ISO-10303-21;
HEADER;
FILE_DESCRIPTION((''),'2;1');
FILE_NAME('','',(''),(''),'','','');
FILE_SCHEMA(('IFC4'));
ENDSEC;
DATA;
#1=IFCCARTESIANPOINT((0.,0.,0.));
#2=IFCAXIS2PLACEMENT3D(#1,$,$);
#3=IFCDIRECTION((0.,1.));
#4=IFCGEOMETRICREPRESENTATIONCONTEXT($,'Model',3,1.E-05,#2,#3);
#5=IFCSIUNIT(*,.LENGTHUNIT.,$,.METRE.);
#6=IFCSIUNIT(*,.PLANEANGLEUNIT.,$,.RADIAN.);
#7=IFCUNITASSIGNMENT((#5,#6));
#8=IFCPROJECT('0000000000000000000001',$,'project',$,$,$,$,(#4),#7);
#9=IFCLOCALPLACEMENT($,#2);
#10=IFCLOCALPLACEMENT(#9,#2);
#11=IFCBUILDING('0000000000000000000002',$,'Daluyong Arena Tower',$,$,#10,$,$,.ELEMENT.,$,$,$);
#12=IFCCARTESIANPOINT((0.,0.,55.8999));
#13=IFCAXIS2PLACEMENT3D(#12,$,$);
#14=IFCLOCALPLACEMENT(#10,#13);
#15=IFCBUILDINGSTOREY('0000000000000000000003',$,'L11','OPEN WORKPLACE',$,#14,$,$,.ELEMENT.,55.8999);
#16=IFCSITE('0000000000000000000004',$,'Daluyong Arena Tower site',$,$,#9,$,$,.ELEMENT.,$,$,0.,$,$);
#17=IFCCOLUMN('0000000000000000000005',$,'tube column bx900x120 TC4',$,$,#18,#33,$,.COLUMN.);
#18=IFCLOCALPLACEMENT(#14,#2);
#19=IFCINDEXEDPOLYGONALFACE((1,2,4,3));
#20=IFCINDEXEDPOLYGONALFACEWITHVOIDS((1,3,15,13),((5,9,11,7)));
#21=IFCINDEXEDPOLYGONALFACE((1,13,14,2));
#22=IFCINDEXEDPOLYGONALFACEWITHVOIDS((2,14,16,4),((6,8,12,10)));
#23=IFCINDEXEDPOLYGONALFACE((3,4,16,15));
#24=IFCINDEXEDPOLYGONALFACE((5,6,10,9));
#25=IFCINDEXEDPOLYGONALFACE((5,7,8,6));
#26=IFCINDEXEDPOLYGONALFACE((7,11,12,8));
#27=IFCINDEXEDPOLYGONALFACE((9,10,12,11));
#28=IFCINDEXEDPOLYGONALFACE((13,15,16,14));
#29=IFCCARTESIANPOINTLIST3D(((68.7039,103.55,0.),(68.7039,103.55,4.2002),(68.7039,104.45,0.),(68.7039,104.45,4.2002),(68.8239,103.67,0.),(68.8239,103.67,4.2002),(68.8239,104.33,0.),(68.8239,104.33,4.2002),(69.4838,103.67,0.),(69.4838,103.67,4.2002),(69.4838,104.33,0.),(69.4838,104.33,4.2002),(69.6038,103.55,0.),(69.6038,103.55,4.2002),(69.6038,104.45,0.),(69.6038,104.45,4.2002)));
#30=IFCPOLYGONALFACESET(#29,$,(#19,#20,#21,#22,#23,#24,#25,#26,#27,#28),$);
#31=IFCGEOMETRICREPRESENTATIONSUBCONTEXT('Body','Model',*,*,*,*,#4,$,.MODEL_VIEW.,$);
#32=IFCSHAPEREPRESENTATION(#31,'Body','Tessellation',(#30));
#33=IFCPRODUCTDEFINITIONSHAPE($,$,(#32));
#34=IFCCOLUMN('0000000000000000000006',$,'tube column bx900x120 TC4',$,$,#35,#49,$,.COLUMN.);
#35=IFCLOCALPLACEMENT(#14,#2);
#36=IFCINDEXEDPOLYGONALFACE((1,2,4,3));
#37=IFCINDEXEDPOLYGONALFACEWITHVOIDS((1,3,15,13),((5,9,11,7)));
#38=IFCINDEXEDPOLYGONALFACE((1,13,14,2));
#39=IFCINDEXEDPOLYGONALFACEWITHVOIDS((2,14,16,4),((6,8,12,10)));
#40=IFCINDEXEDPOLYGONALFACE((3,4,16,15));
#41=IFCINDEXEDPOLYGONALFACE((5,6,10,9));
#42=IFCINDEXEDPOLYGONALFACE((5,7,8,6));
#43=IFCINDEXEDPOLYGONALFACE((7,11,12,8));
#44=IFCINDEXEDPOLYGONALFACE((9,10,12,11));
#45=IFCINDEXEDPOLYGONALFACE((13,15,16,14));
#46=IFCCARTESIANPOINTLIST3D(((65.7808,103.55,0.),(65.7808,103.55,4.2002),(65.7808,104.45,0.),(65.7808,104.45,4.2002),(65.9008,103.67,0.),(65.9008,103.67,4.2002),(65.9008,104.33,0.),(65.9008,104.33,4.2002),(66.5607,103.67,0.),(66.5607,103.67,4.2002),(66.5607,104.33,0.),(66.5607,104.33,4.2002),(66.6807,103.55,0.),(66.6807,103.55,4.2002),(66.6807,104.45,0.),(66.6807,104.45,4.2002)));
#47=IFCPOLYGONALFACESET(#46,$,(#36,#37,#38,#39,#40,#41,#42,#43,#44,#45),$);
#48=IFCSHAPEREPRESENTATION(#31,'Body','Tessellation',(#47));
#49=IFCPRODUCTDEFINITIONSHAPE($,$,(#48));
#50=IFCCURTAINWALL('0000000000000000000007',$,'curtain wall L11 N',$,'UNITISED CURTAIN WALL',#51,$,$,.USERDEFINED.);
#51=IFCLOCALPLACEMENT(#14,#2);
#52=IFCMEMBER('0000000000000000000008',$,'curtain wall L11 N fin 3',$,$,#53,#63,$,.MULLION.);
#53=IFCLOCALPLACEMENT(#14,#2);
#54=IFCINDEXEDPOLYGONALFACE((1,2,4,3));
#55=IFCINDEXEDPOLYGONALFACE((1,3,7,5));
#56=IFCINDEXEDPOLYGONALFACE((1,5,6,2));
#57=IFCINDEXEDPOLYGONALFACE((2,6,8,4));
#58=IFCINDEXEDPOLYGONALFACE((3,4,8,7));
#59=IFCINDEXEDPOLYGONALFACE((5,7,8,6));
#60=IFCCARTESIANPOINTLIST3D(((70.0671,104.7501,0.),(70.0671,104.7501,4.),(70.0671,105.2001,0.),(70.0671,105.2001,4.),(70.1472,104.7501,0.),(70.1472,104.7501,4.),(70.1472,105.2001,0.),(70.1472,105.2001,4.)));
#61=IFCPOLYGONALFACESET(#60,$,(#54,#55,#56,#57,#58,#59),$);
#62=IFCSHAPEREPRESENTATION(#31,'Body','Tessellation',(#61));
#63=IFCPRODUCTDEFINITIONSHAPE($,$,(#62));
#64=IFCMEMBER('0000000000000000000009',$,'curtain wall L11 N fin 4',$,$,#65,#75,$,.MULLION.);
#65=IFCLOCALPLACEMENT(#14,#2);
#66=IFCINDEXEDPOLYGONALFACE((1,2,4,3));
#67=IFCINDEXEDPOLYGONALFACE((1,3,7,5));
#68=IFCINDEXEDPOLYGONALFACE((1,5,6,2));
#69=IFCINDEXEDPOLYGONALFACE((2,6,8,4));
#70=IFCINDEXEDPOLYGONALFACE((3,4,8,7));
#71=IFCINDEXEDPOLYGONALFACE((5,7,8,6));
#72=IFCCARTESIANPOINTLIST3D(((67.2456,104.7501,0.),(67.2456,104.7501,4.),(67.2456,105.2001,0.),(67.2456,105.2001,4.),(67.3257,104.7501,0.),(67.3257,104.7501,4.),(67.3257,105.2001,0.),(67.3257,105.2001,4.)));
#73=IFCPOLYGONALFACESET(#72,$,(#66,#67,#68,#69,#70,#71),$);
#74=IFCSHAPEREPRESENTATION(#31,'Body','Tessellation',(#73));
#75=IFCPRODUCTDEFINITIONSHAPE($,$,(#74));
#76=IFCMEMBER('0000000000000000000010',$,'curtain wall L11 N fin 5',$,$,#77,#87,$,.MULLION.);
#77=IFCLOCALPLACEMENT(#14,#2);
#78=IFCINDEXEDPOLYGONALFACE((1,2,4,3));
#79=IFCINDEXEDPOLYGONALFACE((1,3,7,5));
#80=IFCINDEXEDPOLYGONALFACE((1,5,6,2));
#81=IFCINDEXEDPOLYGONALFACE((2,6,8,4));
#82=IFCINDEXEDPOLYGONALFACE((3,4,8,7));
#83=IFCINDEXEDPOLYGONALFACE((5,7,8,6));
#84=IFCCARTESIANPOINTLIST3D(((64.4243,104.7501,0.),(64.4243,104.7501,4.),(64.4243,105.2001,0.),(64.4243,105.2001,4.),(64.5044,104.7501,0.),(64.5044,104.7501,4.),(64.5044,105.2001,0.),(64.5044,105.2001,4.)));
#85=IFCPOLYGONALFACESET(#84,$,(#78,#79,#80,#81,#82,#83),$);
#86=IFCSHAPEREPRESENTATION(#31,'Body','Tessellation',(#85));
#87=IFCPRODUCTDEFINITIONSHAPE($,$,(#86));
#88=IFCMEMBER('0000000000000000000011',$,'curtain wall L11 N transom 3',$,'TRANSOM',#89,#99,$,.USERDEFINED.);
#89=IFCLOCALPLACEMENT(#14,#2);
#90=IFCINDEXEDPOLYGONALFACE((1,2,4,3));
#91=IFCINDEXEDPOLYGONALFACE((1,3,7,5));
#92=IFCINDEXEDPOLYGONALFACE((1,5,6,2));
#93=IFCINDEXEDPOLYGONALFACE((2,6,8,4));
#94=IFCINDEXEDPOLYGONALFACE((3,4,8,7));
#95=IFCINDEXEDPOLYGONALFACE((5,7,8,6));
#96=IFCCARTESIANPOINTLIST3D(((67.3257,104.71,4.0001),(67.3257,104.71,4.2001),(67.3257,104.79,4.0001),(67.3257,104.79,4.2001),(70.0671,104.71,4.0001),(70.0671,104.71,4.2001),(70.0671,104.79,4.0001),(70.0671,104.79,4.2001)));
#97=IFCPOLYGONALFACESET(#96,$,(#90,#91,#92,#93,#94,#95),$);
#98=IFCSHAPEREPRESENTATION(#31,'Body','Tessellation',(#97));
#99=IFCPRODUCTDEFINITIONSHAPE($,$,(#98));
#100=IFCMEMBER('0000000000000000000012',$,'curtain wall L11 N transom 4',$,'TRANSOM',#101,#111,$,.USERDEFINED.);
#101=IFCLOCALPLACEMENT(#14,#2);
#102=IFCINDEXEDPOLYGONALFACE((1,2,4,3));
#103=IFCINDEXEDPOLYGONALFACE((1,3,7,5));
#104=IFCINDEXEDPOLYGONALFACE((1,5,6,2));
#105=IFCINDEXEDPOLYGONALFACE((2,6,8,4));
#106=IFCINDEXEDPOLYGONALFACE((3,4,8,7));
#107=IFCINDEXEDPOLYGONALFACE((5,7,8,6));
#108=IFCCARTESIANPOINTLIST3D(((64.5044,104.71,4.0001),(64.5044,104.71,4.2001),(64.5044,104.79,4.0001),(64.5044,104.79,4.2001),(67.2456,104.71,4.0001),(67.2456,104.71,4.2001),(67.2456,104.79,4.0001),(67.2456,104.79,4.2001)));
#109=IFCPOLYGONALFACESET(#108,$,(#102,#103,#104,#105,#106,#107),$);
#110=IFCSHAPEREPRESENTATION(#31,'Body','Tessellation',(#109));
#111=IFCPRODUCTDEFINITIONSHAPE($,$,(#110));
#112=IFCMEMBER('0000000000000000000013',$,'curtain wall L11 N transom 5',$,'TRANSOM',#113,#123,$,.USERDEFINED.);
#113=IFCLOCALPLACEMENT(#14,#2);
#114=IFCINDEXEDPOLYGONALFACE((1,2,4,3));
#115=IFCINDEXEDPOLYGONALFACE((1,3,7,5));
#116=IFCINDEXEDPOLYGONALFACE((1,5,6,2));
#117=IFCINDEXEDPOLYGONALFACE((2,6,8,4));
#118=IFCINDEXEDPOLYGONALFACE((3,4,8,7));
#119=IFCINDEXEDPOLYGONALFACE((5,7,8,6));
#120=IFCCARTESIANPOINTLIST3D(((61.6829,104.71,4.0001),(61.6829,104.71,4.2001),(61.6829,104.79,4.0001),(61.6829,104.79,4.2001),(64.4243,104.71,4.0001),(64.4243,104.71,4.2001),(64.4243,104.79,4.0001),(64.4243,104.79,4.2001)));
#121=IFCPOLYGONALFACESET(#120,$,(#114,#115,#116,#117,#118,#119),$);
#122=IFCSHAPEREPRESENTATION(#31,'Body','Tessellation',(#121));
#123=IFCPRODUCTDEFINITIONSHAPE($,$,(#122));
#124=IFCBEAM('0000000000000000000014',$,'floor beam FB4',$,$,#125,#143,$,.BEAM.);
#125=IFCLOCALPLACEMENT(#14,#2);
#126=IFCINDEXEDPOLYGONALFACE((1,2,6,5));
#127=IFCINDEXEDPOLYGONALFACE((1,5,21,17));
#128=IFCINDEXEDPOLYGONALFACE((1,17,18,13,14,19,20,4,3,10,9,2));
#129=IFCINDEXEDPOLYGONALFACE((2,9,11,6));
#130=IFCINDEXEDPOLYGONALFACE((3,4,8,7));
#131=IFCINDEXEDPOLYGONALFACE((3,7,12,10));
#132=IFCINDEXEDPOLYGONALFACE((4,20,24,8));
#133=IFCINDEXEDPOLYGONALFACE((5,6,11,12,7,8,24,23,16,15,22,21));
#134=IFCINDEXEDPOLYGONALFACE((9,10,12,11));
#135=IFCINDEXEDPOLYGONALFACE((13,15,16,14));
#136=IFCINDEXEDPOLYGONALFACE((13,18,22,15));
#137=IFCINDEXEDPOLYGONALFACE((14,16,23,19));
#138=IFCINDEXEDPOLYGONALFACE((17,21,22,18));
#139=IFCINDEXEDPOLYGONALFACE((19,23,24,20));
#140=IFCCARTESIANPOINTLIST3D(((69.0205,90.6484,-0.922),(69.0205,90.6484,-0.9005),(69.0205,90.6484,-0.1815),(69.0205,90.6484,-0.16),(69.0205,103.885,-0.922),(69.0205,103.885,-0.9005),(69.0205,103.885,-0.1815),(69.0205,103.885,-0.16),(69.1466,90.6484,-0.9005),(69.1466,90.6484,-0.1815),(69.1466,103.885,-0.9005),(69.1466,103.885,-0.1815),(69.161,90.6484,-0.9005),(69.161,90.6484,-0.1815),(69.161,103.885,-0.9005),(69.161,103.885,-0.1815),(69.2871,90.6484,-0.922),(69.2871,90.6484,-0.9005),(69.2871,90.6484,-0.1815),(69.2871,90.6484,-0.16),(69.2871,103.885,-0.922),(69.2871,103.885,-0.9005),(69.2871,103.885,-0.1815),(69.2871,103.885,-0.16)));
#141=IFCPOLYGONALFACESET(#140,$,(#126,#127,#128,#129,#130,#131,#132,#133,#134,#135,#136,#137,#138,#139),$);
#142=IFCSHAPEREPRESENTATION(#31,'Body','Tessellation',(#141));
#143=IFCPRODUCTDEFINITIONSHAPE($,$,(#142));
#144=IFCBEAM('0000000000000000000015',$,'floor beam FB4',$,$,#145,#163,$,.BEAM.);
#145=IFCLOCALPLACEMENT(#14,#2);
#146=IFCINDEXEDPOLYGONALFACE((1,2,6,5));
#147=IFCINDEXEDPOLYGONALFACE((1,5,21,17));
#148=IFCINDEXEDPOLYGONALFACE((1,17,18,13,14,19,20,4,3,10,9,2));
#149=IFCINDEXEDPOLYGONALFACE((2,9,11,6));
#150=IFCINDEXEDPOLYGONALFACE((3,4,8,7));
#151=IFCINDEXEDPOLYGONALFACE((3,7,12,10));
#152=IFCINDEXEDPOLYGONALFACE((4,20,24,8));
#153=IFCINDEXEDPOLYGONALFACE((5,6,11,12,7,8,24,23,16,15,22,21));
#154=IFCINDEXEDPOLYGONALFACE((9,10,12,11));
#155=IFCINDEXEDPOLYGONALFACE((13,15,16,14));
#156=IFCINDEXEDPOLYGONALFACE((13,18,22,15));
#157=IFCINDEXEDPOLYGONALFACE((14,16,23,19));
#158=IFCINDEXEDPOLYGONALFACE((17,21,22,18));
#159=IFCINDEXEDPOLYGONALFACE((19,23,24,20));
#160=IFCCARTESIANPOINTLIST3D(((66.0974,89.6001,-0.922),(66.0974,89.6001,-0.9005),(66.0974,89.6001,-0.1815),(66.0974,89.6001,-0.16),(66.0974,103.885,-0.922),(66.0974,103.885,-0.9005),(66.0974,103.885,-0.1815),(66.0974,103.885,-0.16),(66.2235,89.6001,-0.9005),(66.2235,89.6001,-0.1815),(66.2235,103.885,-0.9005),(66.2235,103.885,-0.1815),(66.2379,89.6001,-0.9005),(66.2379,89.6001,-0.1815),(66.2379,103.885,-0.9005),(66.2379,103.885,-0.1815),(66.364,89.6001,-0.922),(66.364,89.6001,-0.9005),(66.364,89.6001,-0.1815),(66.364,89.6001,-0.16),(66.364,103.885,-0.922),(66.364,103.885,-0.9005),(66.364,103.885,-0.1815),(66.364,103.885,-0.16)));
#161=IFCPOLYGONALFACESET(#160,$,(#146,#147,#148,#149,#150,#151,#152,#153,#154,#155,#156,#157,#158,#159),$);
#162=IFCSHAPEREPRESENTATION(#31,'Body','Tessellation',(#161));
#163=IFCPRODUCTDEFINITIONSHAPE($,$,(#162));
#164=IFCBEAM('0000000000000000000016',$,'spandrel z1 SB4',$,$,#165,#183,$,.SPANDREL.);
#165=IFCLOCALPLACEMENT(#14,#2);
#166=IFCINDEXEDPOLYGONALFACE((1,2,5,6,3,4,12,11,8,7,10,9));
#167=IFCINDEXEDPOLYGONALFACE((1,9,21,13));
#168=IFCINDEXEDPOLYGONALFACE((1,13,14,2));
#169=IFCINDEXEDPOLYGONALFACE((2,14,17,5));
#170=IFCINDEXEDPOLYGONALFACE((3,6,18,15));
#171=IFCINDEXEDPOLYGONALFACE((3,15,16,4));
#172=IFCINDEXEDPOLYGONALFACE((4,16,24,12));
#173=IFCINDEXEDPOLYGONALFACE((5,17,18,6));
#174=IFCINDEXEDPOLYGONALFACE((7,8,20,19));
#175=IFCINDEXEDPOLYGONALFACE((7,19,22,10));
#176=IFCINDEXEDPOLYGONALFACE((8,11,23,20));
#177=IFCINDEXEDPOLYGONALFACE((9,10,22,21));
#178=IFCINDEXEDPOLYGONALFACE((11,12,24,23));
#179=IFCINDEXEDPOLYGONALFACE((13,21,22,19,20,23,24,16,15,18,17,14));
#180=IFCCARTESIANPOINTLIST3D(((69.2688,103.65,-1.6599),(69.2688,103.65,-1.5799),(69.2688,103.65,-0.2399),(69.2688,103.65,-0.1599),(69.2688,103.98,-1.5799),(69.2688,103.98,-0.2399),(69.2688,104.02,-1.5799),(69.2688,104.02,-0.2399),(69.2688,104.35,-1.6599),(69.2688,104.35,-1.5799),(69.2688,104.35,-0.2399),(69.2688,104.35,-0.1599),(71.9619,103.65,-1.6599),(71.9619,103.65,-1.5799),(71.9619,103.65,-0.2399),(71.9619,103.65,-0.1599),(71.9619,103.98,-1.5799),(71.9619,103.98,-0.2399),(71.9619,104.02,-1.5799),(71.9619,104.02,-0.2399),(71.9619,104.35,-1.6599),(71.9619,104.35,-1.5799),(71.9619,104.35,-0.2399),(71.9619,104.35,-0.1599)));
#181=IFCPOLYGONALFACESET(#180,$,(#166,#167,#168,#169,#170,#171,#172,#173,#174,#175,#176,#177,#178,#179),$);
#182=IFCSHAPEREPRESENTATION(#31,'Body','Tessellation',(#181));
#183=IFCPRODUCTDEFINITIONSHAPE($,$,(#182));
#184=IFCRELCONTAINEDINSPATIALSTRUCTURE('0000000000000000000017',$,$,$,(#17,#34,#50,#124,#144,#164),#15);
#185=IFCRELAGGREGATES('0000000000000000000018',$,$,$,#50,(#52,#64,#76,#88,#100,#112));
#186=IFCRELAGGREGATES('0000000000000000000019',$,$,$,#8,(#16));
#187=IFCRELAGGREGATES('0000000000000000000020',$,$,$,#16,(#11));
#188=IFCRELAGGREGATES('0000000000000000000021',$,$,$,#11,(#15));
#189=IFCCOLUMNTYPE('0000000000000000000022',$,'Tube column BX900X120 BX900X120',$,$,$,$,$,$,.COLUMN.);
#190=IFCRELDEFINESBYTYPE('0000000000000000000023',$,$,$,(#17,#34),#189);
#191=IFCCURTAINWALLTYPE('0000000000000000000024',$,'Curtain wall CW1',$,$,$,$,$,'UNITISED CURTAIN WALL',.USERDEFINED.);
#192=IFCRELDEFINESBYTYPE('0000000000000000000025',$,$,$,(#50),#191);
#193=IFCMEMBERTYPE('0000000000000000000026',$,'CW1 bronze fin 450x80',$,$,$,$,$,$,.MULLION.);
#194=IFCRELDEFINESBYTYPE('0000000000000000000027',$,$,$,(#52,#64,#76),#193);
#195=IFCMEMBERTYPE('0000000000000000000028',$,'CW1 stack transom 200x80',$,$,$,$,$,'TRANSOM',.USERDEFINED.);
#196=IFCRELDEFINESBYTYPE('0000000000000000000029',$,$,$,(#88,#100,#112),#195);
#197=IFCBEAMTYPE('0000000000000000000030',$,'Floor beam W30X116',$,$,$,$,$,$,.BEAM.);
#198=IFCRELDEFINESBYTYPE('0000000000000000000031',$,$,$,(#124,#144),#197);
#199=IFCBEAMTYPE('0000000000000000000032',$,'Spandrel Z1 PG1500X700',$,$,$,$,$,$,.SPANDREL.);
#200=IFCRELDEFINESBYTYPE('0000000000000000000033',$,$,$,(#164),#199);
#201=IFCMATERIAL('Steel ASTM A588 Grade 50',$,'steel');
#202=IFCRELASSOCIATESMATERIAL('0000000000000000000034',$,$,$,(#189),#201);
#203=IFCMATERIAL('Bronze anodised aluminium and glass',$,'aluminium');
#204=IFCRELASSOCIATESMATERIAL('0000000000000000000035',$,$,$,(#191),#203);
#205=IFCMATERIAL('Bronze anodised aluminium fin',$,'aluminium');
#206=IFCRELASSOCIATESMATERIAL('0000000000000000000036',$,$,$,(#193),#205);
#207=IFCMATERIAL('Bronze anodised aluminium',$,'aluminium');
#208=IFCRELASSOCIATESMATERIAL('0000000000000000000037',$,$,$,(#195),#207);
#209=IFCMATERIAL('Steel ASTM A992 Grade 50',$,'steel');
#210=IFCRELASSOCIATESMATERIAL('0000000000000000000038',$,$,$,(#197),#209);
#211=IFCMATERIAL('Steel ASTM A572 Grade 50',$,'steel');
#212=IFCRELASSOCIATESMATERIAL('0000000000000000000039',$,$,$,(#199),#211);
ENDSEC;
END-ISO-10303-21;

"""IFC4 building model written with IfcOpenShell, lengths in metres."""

from ifc_helpers import new_model, si_unit, direction, frame, origin, origin_2d, place, context, subcontext, project, spatial, rectangle, hollow_rectangle, i_section, extrude, material, material_profile, profile_set, type_object, element, aggregate, save


model = new_model("IFC4")

# Units and contexts
model_context = context("Model", 3, precision=1e-05, world=origin(), true_north=direction((0.0, 1.0)))
body_context = subcontext(model_context, "Body", "Model", "MODEL_VIEW")
ifc_project = project(units=[si_unit("LENGTHUNIT", "METRE"), si_unit("PLANEANGLEUNIT", "RADIAN")], contexts=[model_context])

# Site, building, storey
site_placement = place(None, origin())
site = spatial("IfcSite", under=ifc_project, at=site_placement, Name="Daluyong Arena Tower site", CompositionType="ELEMENT", RefElevation=0.0)
building_placement = place(site_placement, origin())
building = spatial("IfcBuilding", under=site, at=building_placement, Name="Daluyong Arena Tower", CompositionType="ELEMENT")
storey_placement = place(building_placement, frame((0.0, 0.0, 55.8999)))
storey = spatial("IfcBuildingStorey", under=building, at=storey_placement, Name="L11", Description="OPEN WORKPLACE", CompositionType="ELEMENT", Elevation=55.8999)

# Columns
ifc_material_1 = material(Name="Steel ASTM A588 Grade 50", Category="steel")
ifc_material_profile_1 = material_profile(ifc_material_1, hollow_rectangle(XDim=0.8999, YDim=0.8999, WallThickness=0.12, at=origin_2d()))
ifc_profile_set_1 = profile_set([ifc_material_profile_1], Name="Steel ASTM A588 Grade 50")
column_type = type_object("IfcColumnType", Name="Tube column BX900X120 BX900X120", PredefinedType="COLUMN", material=ifc_profile_set_1)
for number, where, z_axis, x_axis, name in (
    (1, (69.1538, 104.0, 0.0), (0.0, 0.0, 1.0), (1.0, 0.0, 0.0), "tube column bx900x120 TC4"),
    (2, (66.2307, 104.0, 0.0), (0.0, 0.0, 1.0), (1.0, 0.0, 0.0), "tube column bx900x120 TC4"),
):
    element("IfcColumn", number, at=place(storey_placement, frame(where, z_axis=z_axis, x_axis=x_axis)), inside=storey, type_object=column_type, Name=name, PredefinedType="COLUMN", context=body_context, shape_type="SweptSolid", body=[
        extrude(hollow_rectangle(XDim=0.8999, YDim=0.8999, WallThickness=0.12, at=origin_2d()), origin(), (0.0, 0.0, 1.0), 4.2002),
    ])

# Curtain wall, members
ifc_material_2 = material(Name="Bronze anodised aluminium and glass", Category="aluminium")
curtain_wall_type = type_object("IfcCurtainWallType", Name="Curtain wall CW1", ElementType="UNITISED CURTAIN WALL", PredefinedType="USERDEFINED", material=ifc_material_2)
curtain_wall_placement = place(storey_placement, origin())
curtain_wall = element("IfcCurtainWall", 3, at=curtain_wall_placement, inside=storey, type_object=curtain_wall_type, Name="curtain wall L11 N", ObjectType="UNITISED CURTAIN WALL", PredefinedType="USERDEFINED")
ifc_material_3 = material(Name="Bronze anodised aluminium fin", Category="aluminium")
ifc_material_profile_2 = material_profile(ifc_material_3, rectangle(XDim=0.45, YDim=0.0801, at=origin_2d()))
ifc_profile_set_2 = profile_set([ifc_material_profile_2], Name="Bronze anodised aluminium fin")
member_type_1 = type_object("IfcMemberType", Name="CW1 bronze fin 450x80", PredefinedType="MULLION", material=ifc_profile_set_2)
member_1_placement = place(storey_placement, frame((70.1072, 104.9751, 0.0), z_axis=(0.0, 0.0, 1.0), x_axis=(0.0, -1.0, 0.0)))
member_1 = element("IfcMember", 4, at=member_1_placement, type_object=member_type_1, Name="curtain wall L11 N fin 3", PredefinedType="MULLION", context=body_context, shape_type="SweptSolid", body=[
    extrude(rectangle(XDim=0.45, YDim=0.0801, at=origin_2d()), origin(), (0.0, 0.0, 1.0), 4.0),
])
member_2_placement = place(storey_placement, frame((67.2856, 104.9751, 0.0), z_axis=(0.0, 0.0, 1.0), x_axis=(0.0, -1.0, 0.0)))
member_2 = element("IfcMember", 5, at=member_2_placement, type_object=member_type_1, Name="curtain wall L11 N fin 4", PredefinedType="MULLION", context=body_context, shape_type="SweptSolid", body=[
    extrude(rectangle(XDim=0.45, YDim=0.0801, at=origin_2d()), origin(), (0.0, 0.0, 1.0), 4.0),
])
member_3_placement = place(storey_placement, frame((64.4644, 104.9751, 0.0), z_axis=(0.0, 0.0, 1.0), x_axis=(0.0, -1.0, 0.0)))
member_3 = element("IfcMember", 6, at=member_3_placement, type_object=member_type_1, Name="curtain wall L11 N fin 5", PredefinedType="MULLION", context=body_context, shape_type="SweptSolid", body=[
    extrude(rectangle(XDim=0.45, YDim=0.0801, at=origin_2d()), origin(), (0.0, 0.0, 1.0), 4.0),
])
ifc_material_4 = material(Name="Bronze anodised aluminium", Category="aluminium")
ifc_material_profile_3 = material_profile(ifc_material_4, rectangle(XDim=0.0801, YDim=0.2, at=origin_2d()))
ifc_profile_set_3 = profile_set([ifc_material_profile_3], Name="Bronze anodised aluminium")
member_type_2 = type_object("IfcMemberType", Name="CW1 stack transom 200x80", ElementType="TRANSOM", PredefinedType="USERDEFINED", material=ifc_profile_set_3)
member_4_placement = place(storey_placement, frame((70.0671, 104.75, 4.1001), z_axis=(-1.0, 0.0, 0.0), x_axis=(0.0, -1.0, 0.0)))
member_4 = element("IfcMember", 7, at=member_4_placement, type_object=member_type_2, Name="curtain wall L11 N transom 3", ObjectType="TRANSOM", PredefinedType="USERDEFINED", context=body_context, shape_type="SweptSolid", body=[
    extrude(rectangle(XDim=0.0801, YDim=0.2, at=origin_2d()), origin(), (0.0, 0.0, 1.0), 2.7415),
])
member_5_placement = place(storey_placement, frame((67.2456, 104.75, 4.1001), z_axis=(-1.0, 0.0, 0.0), x_axis=(0.0, -1.0, 0.0)))
member_5 = element("IfcMember", 8, at=member_5_placement, type_object=member_type_2, Name="curtain wall L11 N transom 4", ObjectType="TRANSOM", PredefinedType="USERDEFINED", context=body_context, shape_type="SweptSolid", body=[
    extrude(rectangle(XDim=0.0801, YDim=0.2, at=origin_2d()), origin(), (0.0, 0.0, 1.0), 2.7412),
])
member_6_placement = place(storey_placement, frame((64.4243, 104.75, 4.1001), z_axis=(-1.0, 0.0, 0.0), x_axis=(0.0, -1.0, 0.0)))
member_6 = element("IfcMember", 9, at=member_6_placement, type_object=member_type_2, Name="curtain wall L11 N transom 5", ObjectType="TRANSOM", PredefinedType="USERDEFINED", context=body_context, shape_type="SweptSolid", body=[
    extrude(rectangle(XDim=0.0801, YDim=0.2, at=origin_2d()), origin(), (0.0, 0.0, 1.0), 2.7415),
])

# Beams
ifc_material_5 = material(Name="Steel ASTM A992 Grade 50", Category="steel")
ifc_material_profile_4 = material_profile(ifc_material_5, i_section(OverallWidth=0.2666, OverallDepth=0.762, WebThickness=0.0144, FlangeThickness=0.0215, at=origin_2d()))
ifc_profile_set_4 = profile_set([ifc_material_profile_4], Name="Steel ASTM A992 Grade 50")
beam_type_1 = type_object("IfcBeamType", Name="Floor beam W30X116", PredefinedType="BEAM", material=ifc_profile_set_4)
beam_1_placement = place(storey_placement, frame((69.1538, 103.885, -0.541), z_axis=(0.0, -1.0, 0.0), x_axis=(1.0, 0.0, 0.0)))
element("IfcBeam", 10, at=beam_1_placement, inside=storey, type_object=beam_type_1, Name="floor beam FB4", PredefinedType="BEAM", context=body_context, shape_type="SweptSolid", body=[
    extrude(i_section(OverallWidth=0.2666, OverallDepth=0.762, WebThickness=0.0144, FlangeThickness=0.0215, at=origin_2d()), origin(), (0.0, 0.0, 1.0), 13.2366),
])
beam_2_placement = place(storey_placement, frame((66.2307, 103.885, -0.541), z_axis=(0.0, -1.0, 0.0), x_axis=(1.0, 0.0, 0.0)))
element("IfcBeam", 11, at=beam_2_placement, inside=storey, type_object=beam_type_1, Name="floor beam FB4", PredefinedType="BEAM", context=body_context, shape_type="SweptSolid", body=[
    extrude(i_section(OverallWidth=0.2666, OverallDepth=0.762, WebThickness=0.0144, FlangeThickness=0.0215, at=origin_2d()), origin(), (0.0, 0.0, 1.0), 14.2849),
])
ifc_material_6 = material(Name="Steel ASTM A572 Grade 50", Category="steel")
ifc_material_profile_5 = material_profile(ifc_material_6, i_section(OverallWidth=0.7, OverallDepth=1.5, WebThickness=0.04, FlangeThickness=0.08, at=origin_2d()))
ifc_profile_set_5 = profile_set([ifc_material_profile_5], Name="Steel ASTM A572 Grade 50")
beam_type_2 = type_object("IfcBeamType", Name="Spandrel Z1 PG1500X700", PredefinedType="SPANDREL", material=ifc_profile_set_5)
for number, where, z_axis, x_axis, name in (
    (12, (71.9619, 104.0, -0.9099), (-1.0, 0.0, 0.0), (0.0, -1.0, 0.0), "spandrel z1 SB4"),
):
    element("IfcBeam", number, at=place(storey_placement, frame(where, z_axis=z_axis, x_axis=x_axis)), inside=storey, type_object=beam_type_2, Name=name, PredefinedType="SPANDREL", context=body_context, shape_type="SweptSolid", body=[
        extrude(i_section(OverallWidth=0.7, OverallDepth=1.5, WebThickness=0.04, FlangeThickness=0.08, at=origin_2d()), origin(), (0.0, 0.0, 1.0), 2.6931),
    ])

aggregate(curtain_wall, [member_1, member_2, member_3, member_4, member_5, member_6])

save(model, "model.ifc")
